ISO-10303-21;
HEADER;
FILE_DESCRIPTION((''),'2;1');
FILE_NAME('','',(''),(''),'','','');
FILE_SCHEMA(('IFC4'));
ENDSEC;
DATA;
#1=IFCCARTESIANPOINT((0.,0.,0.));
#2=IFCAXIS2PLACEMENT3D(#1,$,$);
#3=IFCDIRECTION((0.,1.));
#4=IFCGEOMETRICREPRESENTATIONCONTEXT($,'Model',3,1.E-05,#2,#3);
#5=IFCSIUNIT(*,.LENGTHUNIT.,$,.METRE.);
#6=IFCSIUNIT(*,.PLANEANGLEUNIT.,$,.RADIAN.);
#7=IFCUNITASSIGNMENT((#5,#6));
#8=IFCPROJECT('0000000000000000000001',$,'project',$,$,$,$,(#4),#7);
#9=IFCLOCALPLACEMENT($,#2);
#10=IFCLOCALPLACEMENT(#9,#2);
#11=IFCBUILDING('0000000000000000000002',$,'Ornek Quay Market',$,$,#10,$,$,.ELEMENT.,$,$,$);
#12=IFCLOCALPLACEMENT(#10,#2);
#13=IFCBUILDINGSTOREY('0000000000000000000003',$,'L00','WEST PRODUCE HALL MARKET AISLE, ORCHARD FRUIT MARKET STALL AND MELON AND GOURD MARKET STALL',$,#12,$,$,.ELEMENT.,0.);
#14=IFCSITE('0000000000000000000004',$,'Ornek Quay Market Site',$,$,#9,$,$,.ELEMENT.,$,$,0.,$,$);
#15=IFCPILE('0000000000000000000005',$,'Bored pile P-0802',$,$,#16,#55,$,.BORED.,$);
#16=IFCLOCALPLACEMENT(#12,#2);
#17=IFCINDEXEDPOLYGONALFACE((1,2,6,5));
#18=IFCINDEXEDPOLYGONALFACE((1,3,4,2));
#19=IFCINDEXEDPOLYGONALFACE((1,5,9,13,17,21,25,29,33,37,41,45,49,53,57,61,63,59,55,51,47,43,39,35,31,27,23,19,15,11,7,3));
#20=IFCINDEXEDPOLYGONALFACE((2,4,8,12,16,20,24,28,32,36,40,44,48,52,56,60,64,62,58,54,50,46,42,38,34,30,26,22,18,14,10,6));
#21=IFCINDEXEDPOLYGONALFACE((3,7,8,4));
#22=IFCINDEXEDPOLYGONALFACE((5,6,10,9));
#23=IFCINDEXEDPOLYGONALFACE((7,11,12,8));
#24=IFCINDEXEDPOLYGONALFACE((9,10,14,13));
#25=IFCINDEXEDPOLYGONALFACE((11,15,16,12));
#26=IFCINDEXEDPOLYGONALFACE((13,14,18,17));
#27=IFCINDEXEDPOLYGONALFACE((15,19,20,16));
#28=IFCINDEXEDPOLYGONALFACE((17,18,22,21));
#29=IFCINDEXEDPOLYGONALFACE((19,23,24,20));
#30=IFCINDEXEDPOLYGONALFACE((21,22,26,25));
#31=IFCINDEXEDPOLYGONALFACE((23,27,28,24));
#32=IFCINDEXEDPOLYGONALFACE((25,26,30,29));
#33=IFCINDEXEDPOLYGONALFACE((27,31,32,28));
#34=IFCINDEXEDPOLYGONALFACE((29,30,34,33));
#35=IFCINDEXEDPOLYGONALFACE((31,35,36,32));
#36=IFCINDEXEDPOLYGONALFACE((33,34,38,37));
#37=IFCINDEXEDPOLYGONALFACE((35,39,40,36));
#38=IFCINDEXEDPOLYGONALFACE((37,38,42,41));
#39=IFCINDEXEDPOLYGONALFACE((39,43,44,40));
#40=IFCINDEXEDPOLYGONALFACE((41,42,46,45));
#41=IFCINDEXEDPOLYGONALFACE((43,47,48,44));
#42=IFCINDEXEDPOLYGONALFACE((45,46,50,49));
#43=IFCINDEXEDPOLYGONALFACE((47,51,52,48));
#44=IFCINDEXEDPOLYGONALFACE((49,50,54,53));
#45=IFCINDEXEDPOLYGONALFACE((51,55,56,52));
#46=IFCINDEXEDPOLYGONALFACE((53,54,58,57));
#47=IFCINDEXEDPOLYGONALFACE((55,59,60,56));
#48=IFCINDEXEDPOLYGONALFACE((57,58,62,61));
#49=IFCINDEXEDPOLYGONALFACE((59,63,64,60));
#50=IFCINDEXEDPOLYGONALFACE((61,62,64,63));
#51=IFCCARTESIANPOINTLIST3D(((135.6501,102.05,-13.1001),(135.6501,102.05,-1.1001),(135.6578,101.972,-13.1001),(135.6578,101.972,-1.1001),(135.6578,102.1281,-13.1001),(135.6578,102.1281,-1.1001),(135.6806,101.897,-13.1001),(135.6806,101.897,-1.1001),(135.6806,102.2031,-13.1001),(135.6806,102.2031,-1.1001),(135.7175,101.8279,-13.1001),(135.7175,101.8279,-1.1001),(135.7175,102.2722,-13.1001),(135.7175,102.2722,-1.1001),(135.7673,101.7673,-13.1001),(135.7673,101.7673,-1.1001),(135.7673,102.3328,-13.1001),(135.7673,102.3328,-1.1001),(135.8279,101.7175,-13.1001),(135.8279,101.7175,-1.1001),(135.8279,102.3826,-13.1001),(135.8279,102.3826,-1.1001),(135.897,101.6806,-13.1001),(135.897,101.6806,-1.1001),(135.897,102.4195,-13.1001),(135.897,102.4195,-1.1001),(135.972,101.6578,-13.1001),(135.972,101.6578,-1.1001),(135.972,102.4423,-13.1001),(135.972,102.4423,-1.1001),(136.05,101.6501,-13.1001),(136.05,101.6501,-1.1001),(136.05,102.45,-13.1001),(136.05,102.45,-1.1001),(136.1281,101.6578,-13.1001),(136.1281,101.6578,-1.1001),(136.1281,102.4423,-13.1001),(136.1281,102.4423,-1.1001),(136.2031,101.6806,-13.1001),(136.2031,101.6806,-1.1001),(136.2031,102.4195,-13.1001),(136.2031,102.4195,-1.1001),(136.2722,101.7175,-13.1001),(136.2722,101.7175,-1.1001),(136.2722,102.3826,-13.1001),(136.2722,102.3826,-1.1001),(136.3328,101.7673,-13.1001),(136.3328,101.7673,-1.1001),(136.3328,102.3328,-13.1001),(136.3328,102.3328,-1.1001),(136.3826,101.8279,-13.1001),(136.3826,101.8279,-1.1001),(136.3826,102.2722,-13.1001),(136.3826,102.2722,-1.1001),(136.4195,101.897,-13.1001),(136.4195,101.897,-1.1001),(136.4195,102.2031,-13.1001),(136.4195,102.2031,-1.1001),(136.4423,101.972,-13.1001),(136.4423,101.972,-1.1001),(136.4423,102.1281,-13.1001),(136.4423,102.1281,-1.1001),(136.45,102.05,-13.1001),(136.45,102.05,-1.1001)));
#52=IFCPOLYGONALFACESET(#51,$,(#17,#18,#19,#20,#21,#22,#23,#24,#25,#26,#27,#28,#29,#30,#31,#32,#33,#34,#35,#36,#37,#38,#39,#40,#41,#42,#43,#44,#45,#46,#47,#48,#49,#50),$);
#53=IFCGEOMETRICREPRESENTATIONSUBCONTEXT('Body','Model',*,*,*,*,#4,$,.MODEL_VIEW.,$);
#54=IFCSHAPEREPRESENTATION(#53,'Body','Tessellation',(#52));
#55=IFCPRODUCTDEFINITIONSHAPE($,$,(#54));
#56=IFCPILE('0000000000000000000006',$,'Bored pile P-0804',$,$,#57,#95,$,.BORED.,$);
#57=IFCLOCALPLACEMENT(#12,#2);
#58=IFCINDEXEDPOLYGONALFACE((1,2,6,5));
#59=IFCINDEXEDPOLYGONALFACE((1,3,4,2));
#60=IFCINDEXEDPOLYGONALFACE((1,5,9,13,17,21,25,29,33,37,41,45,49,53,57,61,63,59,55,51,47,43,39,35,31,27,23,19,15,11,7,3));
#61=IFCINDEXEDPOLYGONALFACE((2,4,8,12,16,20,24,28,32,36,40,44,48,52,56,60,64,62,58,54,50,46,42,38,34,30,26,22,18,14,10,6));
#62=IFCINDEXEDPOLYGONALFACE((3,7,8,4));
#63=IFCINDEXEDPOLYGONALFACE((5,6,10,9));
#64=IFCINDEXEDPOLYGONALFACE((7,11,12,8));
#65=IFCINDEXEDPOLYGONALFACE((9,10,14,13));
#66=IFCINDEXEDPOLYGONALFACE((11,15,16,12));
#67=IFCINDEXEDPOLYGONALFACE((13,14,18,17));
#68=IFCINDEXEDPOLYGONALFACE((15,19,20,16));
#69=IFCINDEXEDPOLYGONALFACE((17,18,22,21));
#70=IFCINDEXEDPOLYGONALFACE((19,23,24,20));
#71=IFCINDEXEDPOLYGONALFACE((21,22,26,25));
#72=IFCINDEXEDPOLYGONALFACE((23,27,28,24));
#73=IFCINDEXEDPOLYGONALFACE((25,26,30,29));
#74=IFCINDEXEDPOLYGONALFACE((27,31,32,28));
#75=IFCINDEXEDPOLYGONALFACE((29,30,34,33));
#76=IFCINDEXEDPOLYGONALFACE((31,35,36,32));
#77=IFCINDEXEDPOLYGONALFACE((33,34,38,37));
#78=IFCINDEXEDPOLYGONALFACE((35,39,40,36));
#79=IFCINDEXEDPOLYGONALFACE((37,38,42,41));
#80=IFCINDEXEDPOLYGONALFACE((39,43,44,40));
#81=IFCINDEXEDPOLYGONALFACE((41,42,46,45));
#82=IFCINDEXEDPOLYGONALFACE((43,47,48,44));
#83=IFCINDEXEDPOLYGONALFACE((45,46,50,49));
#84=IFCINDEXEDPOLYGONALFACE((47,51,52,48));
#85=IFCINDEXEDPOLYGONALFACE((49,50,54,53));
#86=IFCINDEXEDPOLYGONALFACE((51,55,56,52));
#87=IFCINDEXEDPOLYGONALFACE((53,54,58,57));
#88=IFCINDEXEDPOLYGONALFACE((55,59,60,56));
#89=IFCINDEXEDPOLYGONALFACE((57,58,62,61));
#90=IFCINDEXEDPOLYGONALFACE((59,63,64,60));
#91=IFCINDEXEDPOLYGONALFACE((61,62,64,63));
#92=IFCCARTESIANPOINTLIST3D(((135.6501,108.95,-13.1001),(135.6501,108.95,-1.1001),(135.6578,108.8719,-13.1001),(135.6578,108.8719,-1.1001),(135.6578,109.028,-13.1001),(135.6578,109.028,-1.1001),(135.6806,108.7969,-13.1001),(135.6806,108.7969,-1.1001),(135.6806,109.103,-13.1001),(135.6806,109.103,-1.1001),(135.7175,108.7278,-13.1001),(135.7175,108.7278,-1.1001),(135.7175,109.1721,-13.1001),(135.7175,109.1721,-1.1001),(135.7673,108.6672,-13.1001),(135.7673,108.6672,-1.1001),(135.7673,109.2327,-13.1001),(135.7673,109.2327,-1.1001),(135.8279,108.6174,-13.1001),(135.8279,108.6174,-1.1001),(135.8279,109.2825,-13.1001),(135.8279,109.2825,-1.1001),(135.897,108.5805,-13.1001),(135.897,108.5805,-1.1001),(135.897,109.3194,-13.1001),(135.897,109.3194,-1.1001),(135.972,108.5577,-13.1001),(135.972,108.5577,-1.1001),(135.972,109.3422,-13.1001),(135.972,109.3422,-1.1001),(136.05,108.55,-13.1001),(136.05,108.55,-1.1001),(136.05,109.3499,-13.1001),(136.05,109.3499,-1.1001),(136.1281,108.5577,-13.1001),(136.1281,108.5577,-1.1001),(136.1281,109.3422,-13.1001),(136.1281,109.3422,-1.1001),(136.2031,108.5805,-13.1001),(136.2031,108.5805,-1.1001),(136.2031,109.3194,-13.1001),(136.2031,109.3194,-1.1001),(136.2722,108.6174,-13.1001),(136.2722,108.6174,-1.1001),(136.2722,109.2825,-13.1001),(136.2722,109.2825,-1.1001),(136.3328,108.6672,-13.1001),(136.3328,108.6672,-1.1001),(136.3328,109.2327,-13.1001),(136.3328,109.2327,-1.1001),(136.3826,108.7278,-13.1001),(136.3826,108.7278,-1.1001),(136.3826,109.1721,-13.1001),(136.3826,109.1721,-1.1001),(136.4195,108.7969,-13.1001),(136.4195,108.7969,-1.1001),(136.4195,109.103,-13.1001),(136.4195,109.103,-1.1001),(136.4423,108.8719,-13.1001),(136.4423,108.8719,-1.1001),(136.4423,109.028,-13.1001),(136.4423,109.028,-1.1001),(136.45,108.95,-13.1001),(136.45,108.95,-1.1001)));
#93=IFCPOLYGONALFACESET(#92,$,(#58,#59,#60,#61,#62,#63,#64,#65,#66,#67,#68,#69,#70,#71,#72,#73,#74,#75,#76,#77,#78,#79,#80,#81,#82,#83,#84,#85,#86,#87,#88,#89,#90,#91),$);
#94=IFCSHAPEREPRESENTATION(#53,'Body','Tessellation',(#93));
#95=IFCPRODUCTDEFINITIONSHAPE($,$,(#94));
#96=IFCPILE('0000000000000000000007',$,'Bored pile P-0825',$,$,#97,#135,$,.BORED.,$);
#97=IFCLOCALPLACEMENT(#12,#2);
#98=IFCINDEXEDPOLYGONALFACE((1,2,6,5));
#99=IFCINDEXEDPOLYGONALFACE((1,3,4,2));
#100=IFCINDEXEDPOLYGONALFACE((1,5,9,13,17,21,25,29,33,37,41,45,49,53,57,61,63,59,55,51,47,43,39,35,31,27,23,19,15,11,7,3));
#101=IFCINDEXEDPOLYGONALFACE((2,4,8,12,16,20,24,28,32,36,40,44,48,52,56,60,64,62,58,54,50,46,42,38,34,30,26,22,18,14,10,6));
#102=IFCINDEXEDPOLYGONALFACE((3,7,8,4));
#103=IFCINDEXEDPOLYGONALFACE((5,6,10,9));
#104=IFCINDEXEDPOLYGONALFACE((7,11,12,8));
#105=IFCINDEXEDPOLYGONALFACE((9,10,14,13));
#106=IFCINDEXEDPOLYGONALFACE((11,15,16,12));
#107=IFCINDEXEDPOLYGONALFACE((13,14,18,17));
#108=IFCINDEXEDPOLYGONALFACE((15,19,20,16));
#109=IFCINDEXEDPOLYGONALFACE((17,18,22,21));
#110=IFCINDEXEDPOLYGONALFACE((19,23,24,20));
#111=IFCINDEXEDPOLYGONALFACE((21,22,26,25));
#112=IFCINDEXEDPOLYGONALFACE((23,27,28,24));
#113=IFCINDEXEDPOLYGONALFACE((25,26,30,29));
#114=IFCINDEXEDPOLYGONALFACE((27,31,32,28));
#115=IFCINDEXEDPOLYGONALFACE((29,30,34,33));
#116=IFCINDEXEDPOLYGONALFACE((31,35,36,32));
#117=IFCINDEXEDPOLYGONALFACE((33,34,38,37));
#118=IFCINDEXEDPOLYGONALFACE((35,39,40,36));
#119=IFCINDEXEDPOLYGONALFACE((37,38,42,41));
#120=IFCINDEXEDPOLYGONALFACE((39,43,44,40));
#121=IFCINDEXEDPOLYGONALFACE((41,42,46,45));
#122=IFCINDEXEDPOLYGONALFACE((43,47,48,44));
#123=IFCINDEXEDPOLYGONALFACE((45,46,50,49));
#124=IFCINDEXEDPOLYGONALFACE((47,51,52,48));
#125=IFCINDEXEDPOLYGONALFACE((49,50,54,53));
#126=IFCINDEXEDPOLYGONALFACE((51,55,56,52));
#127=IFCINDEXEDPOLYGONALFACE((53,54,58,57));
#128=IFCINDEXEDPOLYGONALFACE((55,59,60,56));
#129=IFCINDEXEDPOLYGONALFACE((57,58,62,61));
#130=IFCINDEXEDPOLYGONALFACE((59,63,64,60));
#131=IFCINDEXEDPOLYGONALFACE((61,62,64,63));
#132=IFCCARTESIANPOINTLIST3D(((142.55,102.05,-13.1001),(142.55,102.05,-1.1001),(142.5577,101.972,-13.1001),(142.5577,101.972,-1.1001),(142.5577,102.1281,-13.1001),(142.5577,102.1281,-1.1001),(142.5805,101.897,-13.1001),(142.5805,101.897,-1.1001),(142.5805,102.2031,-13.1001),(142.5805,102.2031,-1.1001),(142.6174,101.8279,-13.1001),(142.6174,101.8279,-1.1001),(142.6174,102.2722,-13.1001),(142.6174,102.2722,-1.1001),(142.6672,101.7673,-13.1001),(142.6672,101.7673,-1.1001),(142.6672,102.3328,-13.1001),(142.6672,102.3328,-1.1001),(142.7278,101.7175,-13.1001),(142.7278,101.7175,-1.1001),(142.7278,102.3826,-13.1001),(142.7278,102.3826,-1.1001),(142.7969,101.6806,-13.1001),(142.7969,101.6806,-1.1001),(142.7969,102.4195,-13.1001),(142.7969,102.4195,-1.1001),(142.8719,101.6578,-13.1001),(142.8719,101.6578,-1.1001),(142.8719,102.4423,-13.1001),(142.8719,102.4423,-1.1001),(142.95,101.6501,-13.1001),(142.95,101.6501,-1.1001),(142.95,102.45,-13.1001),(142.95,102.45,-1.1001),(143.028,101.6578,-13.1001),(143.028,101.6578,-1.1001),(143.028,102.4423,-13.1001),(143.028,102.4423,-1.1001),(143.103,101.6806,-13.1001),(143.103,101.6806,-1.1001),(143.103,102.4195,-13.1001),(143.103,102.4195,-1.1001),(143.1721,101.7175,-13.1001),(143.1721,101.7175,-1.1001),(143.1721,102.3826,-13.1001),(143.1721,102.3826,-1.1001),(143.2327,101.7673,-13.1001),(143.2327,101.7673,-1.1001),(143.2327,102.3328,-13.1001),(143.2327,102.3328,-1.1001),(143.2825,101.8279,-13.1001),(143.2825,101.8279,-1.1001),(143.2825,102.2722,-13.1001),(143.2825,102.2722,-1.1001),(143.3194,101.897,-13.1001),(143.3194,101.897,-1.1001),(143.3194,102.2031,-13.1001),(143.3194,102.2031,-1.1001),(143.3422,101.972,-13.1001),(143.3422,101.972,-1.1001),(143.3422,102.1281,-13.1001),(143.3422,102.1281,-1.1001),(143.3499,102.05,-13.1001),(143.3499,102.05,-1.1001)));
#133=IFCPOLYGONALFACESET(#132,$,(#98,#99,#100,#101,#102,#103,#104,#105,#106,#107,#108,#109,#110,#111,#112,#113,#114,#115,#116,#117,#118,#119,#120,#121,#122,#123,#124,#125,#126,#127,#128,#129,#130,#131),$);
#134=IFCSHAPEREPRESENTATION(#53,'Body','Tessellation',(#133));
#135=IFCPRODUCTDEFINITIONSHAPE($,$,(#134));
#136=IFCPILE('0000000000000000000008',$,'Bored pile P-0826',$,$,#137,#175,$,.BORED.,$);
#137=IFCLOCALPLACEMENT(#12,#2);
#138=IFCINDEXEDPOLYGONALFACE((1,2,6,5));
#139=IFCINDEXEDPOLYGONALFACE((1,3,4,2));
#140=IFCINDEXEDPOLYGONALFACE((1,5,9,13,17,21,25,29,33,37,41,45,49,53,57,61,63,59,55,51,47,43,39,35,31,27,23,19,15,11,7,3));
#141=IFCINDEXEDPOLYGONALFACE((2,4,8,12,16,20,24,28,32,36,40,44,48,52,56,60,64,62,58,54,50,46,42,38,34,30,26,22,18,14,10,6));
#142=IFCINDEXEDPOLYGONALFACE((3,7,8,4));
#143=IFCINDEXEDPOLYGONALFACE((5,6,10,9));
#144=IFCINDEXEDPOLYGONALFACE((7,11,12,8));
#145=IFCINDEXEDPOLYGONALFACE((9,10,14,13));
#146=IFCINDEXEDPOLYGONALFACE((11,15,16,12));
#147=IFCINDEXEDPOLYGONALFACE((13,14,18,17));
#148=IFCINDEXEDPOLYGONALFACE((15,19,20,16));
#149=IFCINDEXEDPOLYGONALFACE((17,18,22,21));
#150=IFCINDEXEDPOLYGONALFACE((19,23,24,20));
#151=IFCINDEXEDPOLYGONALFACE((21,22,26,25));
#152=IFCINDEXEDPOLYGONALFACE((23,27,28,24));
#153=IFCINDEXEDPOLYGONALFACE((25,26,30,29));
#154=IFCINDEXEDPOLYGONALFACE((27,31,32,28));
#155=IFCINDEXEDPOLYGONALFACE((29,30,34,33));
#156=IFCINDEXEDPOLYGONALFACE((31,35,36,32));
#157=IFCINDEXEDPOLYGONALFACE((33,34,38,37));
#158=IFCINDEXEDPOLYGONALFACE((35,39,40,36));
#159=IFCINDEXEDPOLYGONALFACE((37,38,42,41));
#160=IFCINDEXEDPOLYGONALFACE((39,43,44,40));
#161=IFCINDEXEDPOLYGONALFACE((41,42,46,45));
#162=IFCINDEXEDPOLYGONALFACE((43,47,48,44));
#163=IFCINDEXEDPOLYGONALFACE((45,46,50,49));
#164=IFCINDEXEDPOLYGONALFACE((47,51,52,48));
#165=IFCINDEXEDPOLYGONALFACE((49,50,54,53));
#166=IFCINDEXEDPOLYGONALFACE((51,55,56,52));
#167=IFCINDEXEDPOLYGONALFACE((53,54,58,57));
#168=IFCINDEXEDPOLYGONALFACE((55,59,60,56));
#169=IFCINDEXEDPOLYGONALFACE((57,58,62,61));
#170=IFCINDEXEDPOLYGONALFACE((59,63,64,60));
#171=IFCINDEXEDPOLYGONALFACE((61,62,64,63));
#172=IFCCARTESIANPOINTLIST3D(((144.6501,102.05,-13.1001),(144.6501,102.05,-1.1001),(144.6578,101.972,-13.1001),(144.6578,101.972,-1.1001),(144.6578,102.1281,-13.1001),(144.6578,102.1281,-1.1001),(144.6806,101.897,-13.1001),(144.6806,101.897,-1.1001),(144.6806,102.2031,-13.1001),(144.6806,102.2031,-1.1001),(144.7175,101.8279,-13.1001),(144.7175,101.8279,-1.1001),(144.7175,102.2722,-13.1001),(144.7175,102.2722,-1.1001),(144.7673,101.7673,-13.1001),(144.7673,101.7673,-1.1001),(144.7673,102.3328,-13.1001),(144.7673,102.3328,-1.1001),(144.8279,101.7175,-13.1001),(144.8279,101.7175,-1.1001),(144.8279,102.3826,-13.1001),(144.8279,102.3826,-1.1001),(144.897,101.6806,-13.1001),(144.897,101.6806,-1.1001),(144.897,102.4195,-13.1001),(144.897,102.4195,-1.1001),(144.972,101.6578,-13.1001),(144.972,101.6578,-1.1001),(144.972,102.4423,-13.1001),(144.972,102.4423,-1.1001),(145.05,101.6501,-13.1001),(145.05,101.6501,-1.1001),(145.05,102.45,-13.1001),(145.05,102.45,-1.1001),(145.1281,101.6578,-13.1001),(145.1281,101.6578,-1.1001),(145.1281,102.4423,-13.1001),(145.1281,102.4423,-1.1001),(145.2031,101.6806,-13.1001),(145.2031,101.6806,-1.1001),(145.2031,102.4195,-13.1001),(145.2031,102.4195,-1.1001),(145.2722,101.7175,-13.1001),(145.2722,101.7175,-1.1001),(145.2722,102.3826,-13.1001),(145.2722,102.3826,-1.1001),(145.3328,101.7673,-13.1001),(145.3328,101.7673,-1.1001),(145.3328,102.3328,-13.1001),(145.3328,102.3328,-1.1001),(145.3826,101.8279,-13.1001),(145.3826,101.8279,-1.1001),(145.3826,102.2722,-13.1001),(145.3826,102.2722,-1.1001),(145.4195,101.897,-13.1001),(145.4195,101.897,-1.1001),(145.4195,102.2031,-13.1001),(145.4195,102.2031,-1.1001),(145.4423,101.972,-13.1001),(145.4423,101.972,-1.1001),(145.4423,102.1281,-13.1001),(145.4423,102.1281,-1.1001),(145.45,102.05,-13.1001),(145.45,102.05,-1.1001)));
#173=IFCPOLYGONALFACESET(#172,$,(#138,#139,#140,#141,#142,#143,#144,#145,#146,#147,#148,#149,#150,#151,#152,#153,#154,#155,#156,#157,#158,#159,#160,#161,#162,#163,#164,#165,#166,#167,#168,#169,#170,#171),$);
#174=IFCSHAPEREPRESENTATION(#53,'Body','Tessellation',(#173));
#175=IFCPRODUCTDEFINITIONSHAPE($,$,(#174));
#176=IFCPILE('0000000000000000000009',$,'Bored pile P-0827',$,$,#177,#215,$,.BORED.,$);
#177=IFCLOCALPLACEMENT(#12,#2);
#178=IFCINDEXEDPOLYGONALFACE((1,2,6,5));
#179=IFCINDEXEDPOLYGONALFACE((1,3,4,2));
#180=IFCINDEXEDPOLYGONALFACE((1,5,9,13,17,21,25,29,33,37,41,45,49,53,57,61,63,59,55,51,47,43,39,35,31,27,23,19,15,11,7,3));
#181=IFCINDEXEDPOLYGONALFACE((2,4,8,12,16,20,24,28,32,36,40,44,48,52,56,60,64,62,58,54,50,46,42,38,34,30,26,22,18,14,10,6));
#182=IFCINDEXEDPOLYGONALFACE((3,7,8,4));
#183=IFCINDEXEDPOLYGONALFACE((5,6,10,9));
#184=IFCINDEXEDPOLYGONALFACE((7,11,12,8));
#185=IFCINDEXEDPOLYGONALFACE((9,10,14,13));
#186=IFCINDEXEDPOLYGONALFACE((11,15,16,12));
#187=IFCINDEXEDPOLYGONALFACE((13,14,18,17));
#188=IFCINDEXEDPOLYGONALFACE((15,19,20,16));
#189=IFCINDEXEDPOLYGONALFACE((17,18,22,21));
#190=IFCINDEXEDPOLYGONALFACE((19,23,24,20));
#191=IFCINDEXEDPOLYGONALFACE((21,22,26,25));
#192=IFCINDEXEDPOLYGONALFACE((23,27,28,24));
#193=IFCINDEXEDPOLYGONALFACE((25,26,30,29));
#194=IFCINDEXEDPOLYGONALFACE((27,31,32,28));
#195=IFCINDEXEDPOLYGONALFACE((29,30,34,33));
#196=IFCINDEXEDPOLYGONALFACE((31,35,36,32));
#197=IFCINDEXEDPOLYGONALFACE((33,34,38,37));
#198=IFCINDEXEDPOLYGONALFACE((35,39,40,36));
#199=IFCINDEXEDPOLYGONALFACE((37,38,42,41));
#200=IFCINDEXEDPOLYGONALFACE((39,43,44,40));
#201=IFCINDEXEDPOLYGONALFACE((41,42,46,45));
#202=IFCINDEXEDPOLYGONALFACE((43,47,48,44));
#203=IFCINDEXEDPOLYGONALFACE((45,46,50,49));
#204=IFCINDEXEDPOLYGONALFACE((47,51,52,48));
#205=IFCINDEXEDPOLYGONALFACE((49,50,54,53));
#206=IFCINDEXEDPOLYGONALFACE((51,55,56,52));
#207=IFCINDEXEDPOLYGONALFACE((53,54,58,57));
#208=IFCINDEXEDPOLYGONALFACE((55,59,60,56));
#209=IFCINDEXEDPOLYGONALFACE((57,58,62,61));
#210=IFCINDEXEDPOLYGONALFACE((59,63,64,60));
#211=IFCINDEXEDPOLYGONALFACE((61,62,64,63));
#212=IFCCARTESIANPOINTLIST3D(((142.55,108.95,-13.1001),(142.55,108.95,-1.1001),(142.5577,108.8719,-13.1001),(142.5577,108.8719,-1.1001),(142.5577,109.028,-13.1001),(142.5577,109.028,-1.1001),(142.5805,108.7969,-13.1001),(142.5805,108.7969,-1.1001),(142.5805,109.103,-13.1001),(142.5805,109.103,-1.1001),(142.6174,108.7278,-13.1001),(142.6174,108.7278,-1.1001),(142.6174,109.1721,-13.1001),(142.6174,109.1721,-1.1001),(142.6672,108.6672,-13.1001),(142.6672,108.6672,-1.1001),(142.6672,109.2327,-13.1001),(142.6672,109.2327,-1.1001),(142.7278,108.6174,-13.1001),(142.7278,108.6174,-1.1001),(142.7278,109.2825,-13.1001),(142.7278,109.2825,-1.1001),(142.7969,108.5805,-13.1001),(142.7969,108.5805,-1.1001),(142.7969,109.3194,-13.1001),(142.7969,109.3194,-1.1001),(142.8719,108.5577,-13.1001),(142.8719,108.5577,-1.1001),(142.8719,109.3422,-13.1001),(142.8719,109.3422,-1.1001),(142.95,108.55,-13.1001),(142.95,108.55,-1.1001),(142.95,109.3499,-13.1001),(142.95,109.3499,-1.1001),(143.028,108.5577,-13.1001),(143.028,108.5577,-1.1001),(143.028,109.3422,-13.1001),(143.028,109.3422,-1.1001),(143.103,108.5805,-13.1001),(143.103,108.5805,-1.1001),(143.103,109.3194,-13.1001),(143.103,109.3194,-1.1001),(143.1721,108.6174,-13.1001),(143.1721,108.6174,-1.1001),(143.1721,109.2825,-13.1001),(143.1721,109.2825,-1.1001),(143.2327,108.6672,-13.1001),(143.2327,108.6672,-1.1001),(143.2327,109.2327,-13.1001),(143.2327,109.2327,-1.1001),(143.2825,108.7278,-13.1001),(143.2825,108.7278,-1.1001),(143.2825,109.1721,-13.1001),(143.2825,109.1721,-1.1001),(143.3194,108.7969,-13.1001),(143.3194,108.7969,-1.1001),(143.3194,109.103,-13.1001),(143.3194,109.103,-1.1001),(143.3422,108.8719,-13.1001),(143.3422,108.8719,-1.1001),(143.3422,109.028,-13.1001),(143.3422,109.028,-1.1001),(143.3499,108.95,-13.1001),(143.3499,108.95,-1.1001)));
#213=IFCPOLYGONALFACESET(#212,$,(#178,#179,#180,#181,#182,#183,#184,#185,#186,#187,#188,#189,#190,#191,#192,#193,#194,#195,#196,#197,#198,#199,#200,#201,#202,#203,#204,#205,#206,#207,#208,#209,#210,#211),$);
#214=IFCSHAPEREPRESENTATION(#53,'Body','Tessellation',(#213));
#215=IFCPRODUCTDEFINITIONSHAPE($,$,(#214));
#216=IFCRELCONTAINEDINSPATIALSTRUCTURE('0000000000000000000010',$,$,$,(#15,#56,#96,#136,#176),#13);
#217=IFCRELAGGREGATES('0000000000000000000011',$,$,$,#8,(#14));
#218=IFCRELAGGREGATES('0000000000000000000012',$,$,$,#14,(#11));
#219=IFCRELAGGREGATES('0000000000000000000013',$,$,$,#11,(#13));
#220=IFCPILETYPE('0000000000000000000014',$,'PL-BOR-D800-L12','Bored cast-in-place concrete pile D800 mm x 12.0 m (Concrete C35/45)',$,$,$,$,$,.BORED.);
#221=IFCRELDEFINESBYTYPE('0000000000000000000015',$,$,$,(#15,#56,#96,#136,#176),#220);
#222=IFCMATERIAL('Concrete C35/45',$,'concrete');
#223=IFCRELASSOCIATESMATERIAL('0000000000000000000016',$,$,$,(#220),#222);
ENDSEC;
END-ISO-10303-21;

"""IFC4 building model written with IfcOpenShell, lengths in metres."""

from ifc_helpers import new_model, si_unit, direction, frame, origin, origin_2d, place, context, subcontext, project, spatial, circle, extrude, material, material_profile, profile_set, type_object, element, save


model = new_model("IFC4")

# Units and contexts
model_context = context("Model", 3, precision=1e-05, world=origin(), true_north=direction((0.0, 1.0)))
body_context = subcontext(model_context, "Body", "Model", "MODEL_VIEW")
ifc_project = project(units=[si_unit("LENGTHUNIT", "METRE"), si_unit("PLANEANGLEUNIT", "RADIAN")], contexts=[model_context])

# Site, building, storey
site_placement = place(None, origin())
site = spatial("IfcSite", under=ifc_project, at=site_placement, Name="Ornek Quay Market Site", CompositionType="ELEMENT", RefElevation=0.0)
building_placement = place(site_placement, origin())
building = spatial("IfcBuilding", under=site, at=building_placement, Name="Ornek Quay Market", CompositionType="ELEMENT")
storey_placement = place(building_placement, origin())
storey = spatial("IfcBuildingStorey", under=building, at=storey_placement, Name="L00", Description="WEST PRODUCE HALL MARKET AISLE, ORCHARD FRUIT MARKET STALL AND MELON AND GOURD MARKET STALL", CompositionType="ELEMENT", Elevation=0.0)

# Piles
ifc_material_1 = material(Name="Concrete C35/45", Category="concrete")
ifc_material_profile_1 = material_profile(ifc_material_1, circle(Radius=0.3999, at=origin_2d()), Name="PILE D800", Category="concrete")
ifc_profile_set_1 = profile_set([ifc_material_profile_1], Name="Concrete C35/45")
pile_type = type_object("IfcPileType", Name="PL-BOR-D800-L12", Description="Bored cast-in-place concrete pile D800 mm x 12.0 m (Concrete C35/45)", PredefinedType="BORED", material=ifc_profile_set_1)
for number, where, z_axis, x_axis, name in (
    (1, (136.05, 102.05, -1.1001), (0.0, 0.0, -1.0), (1.0, 0.0, 0.0), "Bored pile P-0802"),
    (2, (136.05, 108.95, -1.1001), (0.0, 0.0, -1.0), (1.0, 0.0, 0.0), "Bored pile P-0804"),
    (3, (142.95, 102.05, -1.1001), (0.0, 0.0, -1.0), (1.0, 0.0, 0.0), "Bored pile P-0825"),
    (4, (145.05, 102.05, -1.1001), (0.0, 0.0, -1.0), (1.0, 0.0, 0.0), "Bored pile P-0826"),
    (5, (142.95, 108.95, -1.1001), (0.0, 0.0, -1.0), (1.0, 0.0, 0.0), "Bored pile P-0827"),
):
    element("IfcPile", number, at=place(storey_placement, frame(where, z_axis=z_axis, x_axis=x_axis)), inside=storey, type_object=pile_type, Name=name, PredefinedType="BORED", context=body_context, shape_type="SweptSolid", body=[
        extrude(circle(Radius=0.3999, at=origin_2d()), origin(), (0.0, 0.0, 1.0), 12.0),
    ])

save(model, "model.ifc")
